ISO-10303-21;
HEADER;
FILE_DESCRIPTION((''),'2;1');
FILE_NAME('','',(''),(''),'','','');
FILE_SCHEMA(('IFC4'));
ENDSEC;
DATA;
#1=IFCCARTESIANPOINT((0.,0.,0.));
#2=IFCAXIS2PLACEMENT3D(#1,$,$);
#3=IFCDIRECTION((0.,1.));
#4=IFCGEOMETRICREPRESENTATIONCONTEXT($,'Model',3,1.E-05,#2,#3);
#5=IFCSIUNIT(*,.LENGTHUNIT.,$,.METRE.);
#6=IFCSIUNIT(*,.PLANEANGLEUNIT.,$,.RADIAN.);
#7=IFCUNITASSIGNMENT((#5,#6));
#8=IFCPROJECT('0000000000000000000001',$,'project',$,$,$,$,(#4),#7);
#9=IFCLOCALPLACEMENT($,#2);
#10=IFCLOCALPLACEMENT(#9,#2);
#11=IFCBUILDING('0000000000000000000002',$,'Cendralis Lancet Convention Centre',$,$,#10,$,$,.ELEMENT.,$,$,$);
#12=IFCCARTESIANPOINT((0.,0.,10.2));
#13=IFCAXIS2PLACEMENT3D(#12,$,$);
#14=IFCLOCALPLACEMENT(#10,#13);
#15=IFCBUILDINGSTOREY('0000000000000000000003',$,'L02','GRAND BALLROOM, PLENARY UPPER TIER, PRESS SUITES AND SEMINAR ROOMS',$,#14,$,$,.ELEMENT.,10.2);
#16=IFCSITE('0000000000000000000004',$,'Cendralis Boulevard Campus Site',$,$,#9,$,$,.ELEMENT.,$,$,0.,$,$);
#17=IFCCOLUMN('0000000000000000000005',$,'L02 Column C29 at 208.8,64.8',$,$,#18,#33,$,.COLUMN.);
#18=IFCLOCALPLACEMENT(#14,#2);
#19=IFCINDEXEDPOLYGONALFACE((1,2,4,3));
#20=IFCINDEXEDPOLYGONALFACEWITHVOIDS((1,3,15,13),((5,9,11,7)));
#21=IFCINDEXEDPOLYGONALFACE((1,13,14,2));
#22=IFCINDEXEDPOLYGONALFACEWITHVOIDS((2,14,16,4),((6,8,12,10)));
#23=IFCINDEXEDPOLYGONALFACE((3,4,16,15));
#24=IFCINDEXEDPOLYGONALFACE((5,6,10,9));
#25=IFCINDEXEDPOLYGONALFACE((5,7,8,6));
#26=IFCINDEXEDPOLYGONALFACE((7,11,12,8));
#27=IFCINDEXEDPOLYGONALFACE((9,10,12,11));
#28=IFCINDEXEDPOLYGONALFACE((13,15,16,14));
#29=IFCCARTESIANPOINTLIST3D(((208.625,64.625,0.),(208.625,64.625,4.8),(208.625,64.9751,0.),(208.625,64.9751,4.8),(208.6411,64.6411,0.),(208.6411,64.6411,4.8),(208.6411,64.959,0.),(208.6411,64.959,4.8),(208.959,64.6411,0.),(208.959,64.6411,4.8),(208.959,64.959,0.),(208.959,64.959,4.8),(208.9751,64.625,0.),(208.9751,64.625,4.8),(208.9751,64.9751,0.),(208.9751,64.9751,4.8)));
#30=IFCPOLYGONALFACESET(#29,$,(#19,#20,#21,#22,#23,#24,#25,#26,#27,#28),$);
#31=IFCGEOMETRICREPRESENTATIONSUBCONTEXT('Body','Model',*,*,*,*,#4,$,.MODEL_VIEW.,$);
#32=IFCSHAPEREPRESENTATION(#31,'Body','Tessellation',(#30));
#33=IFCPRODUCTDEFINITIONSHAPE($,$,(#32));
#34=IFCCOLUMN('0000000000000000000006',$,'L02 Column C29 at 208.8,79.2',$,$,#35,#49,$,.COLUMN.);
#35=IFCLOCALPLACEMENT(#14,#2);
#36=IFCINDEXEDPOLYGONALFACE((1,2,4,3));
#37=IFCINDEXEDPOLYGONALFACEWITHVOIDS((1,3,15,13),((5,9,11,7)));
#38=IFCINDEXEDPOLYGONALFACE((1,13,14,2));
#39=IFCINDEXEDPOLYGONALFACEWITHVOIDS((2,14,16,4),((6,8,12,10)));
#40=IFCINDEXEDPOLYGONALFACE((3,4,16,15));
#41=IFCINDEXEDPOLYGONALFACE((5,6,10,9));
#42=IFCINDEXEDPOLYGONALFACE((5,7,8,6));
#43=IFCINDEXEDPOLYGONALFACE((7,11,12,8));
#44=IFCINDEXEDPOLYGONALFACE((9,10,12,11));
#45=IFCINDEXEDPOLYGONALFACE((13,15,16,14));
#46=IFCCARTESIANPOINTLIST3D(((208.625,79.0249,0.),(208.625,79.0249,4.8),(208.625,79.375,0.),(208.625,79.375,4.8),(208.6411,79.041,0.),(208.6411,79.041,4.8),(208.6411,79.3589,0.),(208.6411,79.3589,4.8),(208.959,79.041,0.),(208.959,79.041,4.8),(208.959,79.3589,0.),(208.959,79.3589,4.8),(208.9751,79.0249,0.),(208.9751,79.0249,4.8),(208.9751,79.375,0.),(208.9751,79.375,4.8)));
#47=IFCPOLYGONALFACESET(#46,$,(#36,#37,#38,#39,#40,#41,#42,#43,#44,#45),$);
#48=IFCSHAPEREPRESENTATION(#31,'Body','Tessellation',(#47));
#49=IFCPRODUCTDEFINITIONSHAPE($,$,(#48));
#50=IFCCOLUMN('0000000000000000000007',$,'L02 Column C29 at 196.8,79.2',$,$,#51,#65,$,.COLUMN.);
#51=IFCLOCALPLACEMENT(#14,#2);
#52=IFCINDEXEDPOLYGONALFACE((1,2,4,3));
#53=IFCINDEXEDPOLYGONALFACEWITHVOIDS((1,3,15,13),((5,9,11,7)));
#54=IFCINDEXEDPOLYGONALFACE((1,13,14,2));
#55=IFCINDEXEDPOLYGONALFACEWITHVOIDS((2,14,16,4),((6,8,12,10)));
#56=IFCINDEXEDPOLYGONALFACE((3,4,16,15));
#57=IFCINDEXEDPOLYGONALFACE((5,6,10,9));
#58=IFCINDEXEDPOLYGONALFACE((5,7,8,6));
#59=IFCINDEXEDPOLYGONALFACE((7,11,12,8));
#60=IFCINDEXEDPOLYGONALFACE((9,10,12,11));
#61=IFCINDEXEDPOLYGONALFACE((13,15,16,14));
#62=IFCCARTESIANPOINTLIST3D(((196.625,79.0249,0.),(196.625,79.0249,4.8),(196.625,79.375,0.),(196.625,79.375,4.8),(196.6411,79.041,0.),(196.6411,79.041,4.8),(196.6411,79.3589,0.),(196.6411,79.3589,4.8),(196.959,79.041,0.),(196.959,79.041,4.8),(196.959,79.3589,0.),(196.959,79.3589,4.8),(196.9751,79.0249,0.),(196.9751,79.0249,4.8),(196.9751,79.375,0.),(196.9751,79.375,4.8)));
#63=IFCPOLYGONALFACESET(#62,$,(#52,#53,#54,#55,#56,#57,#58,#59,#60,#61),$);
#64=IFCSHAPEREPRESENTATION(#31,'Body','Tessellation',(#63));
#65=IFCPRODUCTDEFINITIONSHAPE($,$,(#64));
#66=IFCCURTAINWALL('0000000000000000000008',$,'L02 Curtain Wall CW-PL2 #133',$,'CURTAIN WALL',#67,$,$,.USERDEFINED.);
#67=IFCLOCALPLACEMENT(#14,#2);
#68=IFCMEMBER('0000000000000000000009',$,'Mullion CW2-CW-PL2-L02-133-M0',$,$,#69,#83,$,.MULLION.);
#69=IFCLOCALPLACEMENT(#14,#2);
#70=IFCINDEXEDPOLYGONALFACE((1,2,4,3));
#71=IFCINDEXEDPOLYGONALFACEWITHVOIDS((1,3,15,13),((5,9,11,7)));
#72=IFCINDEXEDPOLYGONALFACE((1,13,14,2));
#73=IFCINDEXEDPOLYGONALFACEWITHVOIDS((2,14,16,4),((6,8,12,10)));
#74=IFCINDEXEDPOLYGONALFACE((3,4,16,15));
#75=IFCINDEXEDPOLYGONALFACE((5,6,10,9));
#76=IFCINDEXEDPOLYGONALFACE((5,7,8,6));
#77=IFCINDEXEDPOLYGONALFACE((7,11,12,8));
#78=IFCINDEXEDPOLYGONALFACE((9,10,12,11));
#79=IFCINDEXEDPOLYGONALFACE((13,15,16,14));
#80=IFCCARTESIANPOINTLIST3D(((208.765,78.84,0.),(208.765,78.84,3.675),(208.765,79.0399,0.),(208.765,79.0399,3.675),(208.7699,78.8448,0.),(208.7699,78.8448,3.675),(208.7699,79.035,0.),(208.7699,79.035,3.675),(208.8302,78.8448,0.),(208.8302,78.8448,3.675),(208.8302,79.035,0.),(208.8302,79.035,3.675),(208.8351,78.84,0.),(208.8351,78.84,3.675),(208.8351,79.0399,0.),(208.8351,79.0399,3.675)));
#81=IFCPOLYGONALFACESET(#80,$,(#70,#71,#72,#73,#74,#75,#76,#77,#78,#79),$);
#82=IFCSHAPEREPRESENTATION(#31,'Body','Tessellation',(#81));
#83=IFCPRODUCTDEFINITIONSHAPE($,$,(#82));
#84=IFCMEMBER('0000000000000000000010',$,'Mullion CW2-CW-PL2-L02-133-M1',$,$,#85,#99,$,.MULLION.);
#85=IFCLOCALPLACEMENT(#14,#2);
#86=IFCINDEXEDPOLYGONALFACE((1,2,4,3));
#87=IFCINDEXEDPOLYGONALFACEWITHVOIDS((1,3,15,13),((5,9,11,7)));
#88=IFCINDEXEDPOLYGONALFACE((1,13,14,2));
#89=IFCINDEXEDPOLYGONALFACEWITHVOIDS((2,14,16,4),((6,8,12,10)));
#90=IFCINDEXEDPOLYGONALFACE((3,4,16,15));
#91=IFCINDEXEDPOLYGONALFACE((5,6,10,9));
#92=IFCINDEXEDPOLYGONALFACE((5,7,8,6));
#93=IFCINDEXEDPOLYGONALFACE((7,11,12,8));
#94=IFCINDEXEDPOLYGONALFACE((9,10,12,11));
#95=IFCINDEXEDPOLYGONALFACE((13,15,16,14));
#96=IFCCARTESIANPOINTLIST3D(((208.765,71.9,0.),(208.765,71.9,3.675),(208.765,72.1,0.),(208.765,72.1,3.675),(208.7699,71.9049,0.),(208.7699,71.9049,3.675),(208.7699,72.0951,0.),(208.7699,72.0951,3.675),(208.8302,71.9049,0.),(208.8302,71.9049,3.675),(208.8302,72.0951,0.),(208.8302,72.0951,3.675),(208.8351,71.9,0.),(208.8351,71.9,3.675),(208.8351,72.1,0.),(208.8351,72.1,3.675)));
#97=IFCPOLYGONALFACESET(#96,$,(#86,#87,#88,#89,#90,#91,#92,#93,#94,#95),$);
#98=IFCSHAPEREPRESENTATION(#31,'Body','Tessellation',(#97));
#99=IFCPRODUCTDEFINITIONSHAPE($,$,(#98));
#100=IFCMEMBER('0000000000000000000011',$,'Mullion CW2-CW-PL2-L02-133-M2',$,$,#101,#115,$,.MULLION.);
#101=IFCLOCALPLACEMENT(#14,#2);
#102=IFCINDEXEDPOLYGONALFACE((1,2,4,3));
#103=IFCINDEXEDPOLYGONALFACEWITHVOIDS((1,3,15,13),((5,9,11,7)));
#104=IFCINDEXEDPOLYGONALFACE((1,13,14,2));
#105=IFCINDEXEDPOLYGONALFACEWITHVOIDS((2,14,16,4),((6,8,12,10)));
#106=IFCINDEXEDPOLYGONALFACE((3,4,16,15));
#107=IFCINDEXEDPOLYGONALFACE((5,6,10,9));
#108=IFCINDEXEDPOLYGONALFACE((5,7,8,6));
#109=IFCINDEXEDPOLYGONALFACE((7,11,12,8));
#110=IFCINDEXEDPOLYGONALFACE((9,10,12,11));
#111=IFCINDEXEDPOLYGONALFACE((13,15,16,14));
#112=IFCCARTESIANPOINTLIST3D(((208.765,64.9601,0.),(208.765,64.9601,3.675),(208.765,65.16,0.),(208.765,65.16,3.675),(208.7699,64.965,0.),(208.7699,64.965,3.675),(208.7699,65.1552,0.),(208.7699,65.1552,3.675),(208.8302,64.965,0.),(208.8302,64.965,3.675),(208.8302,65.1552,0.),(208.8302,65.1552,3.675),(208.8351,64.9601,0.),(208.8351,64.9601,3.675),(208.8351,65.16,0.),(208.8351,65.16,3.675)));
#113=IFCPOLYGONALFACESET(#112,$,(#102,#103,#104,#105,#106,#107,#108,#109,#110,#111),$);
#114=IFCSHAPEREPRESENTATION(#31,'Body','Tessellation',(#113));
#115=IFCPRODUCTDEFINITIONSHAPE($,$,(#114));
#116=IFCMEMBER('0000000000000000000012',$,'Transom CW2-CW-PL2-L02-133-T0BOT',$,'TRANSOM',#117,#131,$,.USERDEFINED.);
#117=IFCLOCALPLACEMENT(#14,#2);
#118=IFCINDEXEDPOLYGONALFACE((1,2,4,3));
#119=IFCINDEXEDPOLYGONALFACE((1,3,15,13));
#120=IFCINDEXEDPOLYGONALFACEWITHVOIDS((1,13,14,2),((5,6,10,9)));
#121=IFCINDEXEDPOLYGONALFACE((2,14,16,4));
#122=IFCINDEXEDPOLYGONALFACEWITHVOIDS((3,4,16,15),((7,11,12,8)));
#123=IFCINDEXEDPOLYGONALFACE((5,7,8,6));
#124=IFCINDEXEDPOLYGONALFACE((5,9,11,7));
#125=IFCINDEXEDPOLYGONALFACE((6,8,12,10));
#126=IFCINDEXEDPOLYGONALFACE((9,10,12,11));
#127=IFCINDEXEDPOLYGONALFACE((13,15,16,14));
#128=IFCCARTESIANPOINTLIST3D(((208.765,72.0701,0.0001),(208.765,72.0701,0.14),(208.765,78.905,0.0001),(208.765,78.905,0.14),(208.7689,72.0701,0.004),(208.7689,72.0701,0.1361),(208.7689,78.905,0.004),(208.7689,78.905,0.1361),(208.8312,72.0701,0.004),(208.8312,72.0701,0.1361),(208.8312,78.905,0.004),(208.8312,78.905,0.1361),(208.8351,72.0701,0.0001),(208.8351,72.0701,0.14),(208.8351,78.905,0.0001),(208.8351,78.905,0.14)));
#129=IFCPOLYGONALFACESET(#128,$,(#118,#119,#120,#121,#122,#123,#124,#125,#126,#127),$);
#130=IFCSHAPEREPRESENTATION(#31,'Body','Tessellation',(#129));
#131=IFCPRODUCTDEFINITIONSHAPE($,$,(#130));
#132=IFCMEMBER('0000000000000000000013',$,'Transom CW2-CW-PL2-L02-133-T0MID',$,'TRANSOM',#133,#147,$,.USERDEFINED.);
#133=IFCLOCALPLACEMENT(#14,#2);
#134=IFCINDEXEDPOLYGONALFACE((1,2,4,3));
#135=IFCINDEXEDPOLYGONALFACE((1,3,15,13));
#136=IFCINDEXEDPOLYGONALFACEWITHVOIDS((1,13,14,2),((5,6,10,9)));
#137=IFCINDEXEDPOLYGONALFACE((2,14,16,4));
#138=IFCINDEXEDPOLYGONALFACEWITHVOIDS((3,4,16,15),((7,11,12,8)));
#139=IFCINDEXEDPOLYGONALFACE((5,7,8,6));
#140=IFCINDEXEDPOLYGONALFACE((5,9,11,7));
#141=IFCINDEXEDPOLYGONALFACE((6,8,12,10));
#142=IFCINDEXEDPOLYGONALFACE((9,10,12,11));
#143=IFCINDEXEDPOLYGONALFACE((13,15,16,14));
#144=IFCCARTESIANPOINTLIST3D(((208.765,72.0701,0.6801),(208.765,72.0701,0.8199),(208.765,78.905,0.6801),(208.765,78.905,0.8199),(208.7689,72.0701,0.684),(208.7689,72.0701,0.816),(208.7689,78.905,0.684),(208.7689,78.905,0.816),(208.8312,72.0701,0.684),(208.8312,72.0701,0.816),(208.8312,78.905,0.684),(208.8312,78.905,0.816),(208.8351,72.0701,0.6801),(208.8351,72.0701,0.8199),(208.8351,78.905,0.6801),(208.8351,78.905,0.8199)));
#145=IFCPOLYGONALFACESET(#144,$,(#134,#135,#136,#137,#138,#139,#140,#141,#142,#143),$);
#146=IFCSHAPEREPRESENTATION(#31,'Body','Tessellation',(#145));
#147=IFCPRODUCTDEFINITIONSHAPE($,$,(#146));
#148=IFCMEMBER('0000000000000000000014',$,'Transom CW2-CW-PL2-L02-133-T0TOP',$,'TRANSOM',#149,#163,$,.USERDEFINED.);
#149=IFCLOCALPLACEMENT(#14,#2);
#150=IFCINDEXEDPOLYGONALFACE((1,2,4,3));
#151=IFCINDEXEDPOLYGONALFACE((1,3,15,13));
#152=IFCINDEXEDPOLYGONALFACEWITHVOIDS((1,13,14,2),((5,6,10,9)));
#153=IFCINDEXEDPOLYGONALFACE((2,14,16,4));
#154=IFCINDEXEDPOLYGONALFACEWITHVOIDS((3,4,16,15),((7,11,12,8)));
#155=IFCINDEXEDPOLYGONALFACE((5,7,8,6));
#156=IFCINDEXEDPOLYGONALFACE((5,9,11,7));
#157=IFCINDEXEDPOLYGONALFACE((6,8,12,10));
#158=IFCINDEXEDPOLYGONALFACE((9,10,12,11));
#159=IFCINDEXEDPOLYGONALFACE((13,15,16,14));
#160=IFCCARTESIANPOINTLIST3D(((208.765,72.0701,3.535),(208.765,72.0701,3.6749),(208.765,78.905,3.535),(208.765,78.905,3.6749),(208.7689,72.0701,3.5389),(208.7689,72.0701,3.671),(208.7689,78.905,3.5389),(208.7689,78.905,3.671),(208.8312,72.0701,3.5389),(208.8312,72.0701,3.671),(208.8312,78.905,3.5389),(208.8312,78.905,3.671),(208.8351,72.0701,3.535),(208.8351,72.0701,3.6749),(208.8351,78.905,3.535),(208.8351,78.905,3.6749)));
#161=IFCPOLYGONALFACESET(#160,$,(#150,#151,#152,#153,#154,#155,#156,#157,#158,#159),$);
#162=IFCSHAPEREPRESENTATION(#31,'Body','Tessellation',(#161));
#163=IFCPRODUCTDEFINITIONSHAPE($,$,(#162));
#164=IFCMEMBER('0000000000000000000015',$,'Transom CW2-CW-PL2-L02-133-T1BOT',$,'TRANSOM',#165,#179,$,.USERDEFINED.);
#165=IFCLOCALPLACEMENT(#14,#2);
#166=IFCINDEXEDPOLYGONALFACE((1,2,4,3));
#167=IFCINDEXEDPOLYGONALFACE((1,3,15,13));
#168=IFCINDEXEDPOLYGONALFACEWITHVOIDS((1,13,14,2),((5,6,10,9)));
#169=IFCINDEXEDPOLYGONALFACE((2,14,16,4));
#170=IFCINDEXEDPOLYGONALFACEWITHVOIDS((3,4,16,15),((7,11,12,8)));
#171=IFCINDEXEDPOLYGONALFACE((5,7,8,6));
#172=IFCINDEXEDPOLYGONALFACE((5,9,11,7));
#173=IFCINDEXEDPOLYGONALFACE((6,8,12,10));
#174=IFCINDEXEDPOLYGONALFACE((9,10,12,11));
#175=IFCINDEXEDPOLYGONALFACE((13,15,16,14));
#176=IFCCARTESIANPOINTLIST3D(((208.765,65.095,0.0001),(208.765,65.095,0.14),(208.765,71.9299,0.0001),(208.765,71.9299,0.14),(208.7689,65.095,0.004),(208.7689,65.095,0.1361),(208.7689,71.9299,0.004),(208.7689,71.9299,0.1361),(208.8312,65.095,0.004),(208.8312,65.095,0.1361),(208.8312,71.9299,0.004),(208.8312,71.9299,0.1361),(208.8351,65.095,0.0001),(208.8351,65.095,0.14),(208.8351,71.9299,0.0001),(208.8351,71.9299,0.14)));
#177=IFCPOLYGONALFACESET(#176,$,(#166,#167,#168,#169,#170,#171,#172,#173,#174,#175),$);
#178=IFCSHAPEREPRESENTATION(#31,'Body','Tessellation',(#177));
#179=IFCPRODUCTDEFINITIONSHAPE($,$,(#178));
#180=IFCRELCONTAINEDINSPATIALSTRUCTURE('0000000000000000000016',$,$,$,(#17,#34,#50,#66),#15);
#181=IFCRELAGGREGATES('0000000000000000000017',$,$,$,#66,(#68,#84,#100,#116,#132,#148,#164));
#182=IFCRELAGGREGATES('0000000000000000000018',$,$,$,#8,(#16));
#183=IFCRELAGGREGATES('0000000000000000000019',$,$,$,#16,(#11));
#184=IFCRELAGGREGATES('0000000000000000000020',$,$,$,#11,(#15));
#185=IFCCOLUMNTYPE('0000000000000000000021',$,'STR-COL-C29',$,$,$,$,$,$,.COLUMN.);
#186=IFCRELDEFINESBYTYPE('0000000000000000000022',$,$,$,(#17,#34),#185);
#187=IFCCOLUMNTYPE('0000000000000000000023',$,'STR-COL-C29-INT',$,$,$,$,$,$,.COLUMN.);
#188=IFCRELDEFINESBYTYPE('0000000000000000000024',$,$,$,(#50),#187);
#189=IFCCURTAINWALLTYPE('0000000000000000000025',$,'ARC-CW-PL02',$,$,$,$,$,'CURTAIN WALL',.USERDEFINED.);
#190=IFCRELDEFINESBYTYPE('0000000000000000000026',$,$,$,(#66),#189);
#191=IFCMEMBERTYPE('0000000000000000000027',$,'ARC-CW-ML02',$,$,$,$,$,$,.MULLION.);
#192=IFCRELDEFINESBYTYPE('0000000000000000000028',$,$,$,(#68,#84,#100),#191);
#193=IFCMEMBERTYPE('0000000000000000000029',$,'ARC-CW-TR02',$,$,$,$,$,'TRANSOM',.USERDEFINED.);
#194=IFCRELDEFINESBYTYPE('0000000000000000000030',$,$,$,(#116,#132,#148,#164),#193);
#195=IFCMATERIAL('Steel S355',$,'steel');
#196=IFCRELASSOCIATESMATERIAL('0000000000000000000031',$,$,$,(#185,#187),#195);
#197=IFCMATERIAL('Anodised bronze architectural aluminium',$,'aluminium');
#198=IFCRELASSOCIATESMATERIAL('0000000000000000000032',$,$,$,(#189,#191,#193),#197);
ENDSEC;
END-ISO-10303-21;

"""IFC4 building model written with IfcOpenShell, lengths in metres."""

from ifc_helpers import new_model, si_unit, direction, frame, origin, origin_2d, place, context, subcontext, project, spatial, hollow_rectangle, extrude, material, material_profile, profile_set, type_object, element, aggregate, save


model = new_model("IFC4")

# Units and contexts
model_context = context("Model", 3, precision=1e-05, world=origin(), true_north=direction((0.0, 1.0)))
body_context = subcontext(model_context, "Body", "Model", "MODEL_VIEW")
ifc_project = project(units=[si_unit("LENGTHUNIT", "METRE"), si_unit("PLANEANGLEUNIT", "RADIAN")], contexts=[model_context])

# Site, building, storey
site_placement = place(None, origin())
site = spatial("IfcSite", under=ifc_project, at=site_placement, Name="Cendralis Boulevard Campus Site", CompositionType="ELEMENT", RefElevation=0.0)
building_placement = place(site_placement, origin())
building = spatial("IfcBuilding", under=site, at=building_placement, Name="Cendralis Lancet Convention Centre", CompositionType="ELEMENT")
storey_placement = place(building_placement, frame((0.0, 0.0, 10.2)))
storey = spatial("IfcBuildingStorey", under=building, at=storey_placement, Name="L02", Description="GRAND BALLROOM, PLENARY UPPER TIER, PRESS SUITES AND SEMINAR ROOMS", CompositionType="ELEMENT", Elevation=10.2)

# Columns
ifc_material_1 = material(Name="Steel S355", Category="steel")
ifc_material_profile_1 = material_profile(ifc_material_1, hollow_rectangle(XDim=0.3501, YDim=0.3501, WallThickness=0.0161, at=origin_2d()), Name="SHS 350x350x16.0")
ifc_profile_set_1 = profile_set([ifc_material_profile_1], Name="Steel S355")
column_type_1 = type_object("IfcColumnType", Name="STR-COL-C29", PredefinedType="COLUMN", material=ifc_profile_set_1)
for number, where, z_axis, x_axis, name in (
    (1, (208.8, 64.8, 0.0), (0.0, 0.0, 1.0), (1.0, 0.0, 0.0), "L02 Column C29 at 208.8,64.8"),
    (2, (208.8, 79.2, 0.0), (0.0, 0.0, 1.0), (1.0, 0.0, 0.0), "L02 Column C29 at 208.8,79.2"),
):
    element("IfcColumn", number, at=place(storey_placement, frame(where, z_axis=z_axis, x_axis=x_axis)), inside=storey, type_object=column_type_1, Name=name, PredefinedType="COLUMN", context=body_context, shape_type="SweptSolid", body=[
        extrude(hollow_rectangle(XDim=0.3501, YDim=0.3501, WallThickness=0.0161, at=origin_2d()), origin(), (0.0, 0.0, 1.0), 4.8),
    ])
ifc_material_profile_2 = material_profile(ifc_material_1, hollow_rectangle(XDim=0.3501, YDim=0.3501, WallThickness=0.0161, at=origin_2d()), Name="SHS 350x350x16.0")
ifc_profile_set_2 = profile_set([ifc_material_profile_2], Name="Steel S355")
column_type_2 = type_object("IfcColumnType", Name="STR-COL-C29-INT", PredefinedType="COLUMN", material=ifc_profile_set_2)
column_placement = place(storey_placement, frame((196.8, 79.2, 0.0), z_axis=(0.0, 0.0, 1.0), x_axis=(1.0, 0.0, 0.0)))
element("IfcColumn", 3, at=column_placement, inside=storey, type_object=column_type_2, Name="L02 Column C29 at 196.8,79.2", PredefinedType="COLUMN", context=body_context, shape_type="SweptSolid", body=[
    extrude(hollow_rectangle(XDim=0.3501, YDim=0.3501, WallThickness=0.0161, at=origin_2d()), origin(), (0.0, 0.0, 1.0), 4.8),
])

# Curtain wall, members
ifc_material_2 = material(Name="Anodised bronze architectural aluminium", Category="aluminium")
curtain_wall_type = type_object("IfcCurtainWallType", Name="ARC-CW-PL02", ElementType="CURTAIN WALL", PredefinedType="USERDEFINED", material=ifc_material_2)
curtain_wall_placement = place(storey_placement, origin())
curtain_wall = element("IfcCurtainWall", 4, at=curtain_wall_placement, inside=storey, type_object=curtain_wall_type, Name="L02 Curtain Wall CW-PL2 #133", ObjectType="CURTAIN WALL", PredefinedType="USERDEFINED")
ifc_material_profile_3 = material_profile(ifc_material_2, hollow_rectangle(XDim=0.0701, YDim=0.2, WallThickness=0.0049, at=origin_2d()), Name="AL-MULL 70x200x5.0")
ifc_profile_set_3 = profile_set([ifc_material_profile_3], Name="Anodised bronze architectural aluminium")
member_type_1 = type_object("IfcMemberType", Name="ARC-CW-ML02", PredefinedType="MULLION", material=ifc_profile_set_3)
member_1_placement = place(storey_placement, frame((208.8, 78.9399, 0.0), z_axis=(0.0, 0.0, 1.0), x_axis=(1.0, 0.0, 0.0)))
member_1 = element("IfcMember", 5, at=member_1_placement, type_object=member_type_1, Name="Mullion CW2-CW-PL2-L02-133-M0", PredefinedType="MULLION", context=body_context, shape_type="SweptSolid", body=[
    extrude(hollow_rectangle(XDim=0.0701, YDim=0.2, WallThickness=0.0049, at=origin_2d()), origin(), (0.0, 0.0, 1.0), 3.675),
])
member_2_placement = place(storey_placement, frame((208.8, 72.0, 0.0), z_axis=(0.0, 0.0, 1.0), x_axis=(1.0, 0.0, 0.0)))
member_2 = element("IfcMember", 6, at=member_2_placement, type_object=member_type_1, Name="Mullion CW2-CW-PL2-L02-133-M1", PredefinedType="MULLION", context=body_context, shape_type="SweptSolid", body=[
    extrude(hollow_rectangle(XDim=0.0701, YDim=0.2, WallThickness=0.0049, at=origin_2d()), origin(), (0.0, 0.0, 1.0), 3.675),
])
member_3_placement = place(storey_placement, frame((208.8, 65.0601, 0.0), z_axis=(0.0, 0.0, 1.0), x_axis=(1.0, 0.0, 0.0)))
member_3 = element("IfcMember", 7, at=member_3_placement, type_object=member_type_1, Name="Mullion CW2-CW-PL2-L02-133-M2", PredefinedType="MULLION", context=body_context, shape_type="SweptSolid", body=[
    extrude(hollow_rectangle(XDim=0.0701, YDim=0.2, WallThickness=0.0049, at=origin_2d()), origin(), (0.0, 0.0, 1.0), 3.675),
])
ifc_material_profile_4 = material_profile(ifc_material_2, hollow_rectangle(XDim=0.0701, YDim=0.1399, WallThickness=0.0039, at=origin_2d()), Name="AL-TRAN 70x140x4.0")
ifc_profile_set_4 = profile_set([ifc_material_profile_4], Name="Anodised bronze architectural aluminium")
member_type_2 = type_object("IfcMemberType", Name="ARC-CW-TR02", ElementType="TRANSOM", PredefinedType="USERDEFINED", material=ifc_profile_set_4)
member_4_placement = place(storey_placement, frame((208.8, 78.905, 0.0701), z_axis=(0.0, -1.0, 0.0), x_axis=(1.0, 0.0, 0.0)))
member_4 = element("IfcMember", 8, at=member_4_placement, type_object=member_type_2, Name="Transom CW2-CW-PL2-L02-133-T0BOT", ObjectType="TRANSOM", PredefinedType="USERDEFINED", context=body_context, shape_type="SweptSolid", body=[
    extrude(hollow_rectangle(XDim=0.0701, YDim=0.1399, WallThickness=0.0039, at=origin_2d()), origin(), (0.0, 0.0, 1.0), 6.835),
])
member_5_placement = place(storey_placement, frame((208.8, 78.905, 0.75), z_axis=(0.0, -1.0, 0.0), x_axis=(1.0, 0.0, 0.0)))
member_5 = element("IfcMember", 9, at=member_5_placement, type_object=member_type_2, Name="Transom CW2-CW-PL2-L02-133-T0MID", ObjectType="TRANSOM", PredefinedType="USERDEFINED", context=body_context, shape_type="SweptSolid", body=[
    extrude(hollow_rectangle(XDim=0.0701, YDim=0.1399, WallThickness=0.0039, at=origin_2d()), origin(), (0.0, 0.0, 1.0), 6.835),
])
member_6_placement = place(storey_placement, frame((208.8, 78.905, 3.605), z_axis=(0.0, -1.0, 0.0), x_axis=(1.0, 0.0, 0.0)))
member_6 = element("IfcMember", 10, at=member_6_placement, type_object=member_type_2, Name="Transom CW2-CW-PL2-L02-133-T0TOP", ObjectType="TRANSOM", PredefinedType="USERDEFINED", context=body_context, shape_type="SweptSolid", body=[
    extrude(hollow_rectangle(XDim=0.0701, YDim=0.1399, WallThickness=0.0039, at=origin_2d()), origin(), (0.0, 0.0, 1.0), 6.835),
])
member_7_placement = place(storey_placement, frame((208.8, 71.9299, 0.0701), z_axis=(0.0, -1.0, 0.0), x_axis=(1.0, 0.0, 0.0)))
member_7 = element("IfcMember", 11, at=member_7_placement, type_object=member_type_2, Name="Transom CW2-CW-PL2-L02-133-T1BOT", ObjectType="TRANSOM", PredefinedType="USERDEFINED", context=body_context, shape_type="SweptSolid", body=[
    extrude(hollow_rectangle(XDim=0.0701, YDim=0.1399, WallThickness=0.0039, at=origin_2d()), origin(), (0.0, 0.0, 1.0), 6.835),
])

aggregate(curtain_wall, [member_1, member_2, member_3, member_4, member_5, member_6, member_7])

save(model, "model.ifc")
